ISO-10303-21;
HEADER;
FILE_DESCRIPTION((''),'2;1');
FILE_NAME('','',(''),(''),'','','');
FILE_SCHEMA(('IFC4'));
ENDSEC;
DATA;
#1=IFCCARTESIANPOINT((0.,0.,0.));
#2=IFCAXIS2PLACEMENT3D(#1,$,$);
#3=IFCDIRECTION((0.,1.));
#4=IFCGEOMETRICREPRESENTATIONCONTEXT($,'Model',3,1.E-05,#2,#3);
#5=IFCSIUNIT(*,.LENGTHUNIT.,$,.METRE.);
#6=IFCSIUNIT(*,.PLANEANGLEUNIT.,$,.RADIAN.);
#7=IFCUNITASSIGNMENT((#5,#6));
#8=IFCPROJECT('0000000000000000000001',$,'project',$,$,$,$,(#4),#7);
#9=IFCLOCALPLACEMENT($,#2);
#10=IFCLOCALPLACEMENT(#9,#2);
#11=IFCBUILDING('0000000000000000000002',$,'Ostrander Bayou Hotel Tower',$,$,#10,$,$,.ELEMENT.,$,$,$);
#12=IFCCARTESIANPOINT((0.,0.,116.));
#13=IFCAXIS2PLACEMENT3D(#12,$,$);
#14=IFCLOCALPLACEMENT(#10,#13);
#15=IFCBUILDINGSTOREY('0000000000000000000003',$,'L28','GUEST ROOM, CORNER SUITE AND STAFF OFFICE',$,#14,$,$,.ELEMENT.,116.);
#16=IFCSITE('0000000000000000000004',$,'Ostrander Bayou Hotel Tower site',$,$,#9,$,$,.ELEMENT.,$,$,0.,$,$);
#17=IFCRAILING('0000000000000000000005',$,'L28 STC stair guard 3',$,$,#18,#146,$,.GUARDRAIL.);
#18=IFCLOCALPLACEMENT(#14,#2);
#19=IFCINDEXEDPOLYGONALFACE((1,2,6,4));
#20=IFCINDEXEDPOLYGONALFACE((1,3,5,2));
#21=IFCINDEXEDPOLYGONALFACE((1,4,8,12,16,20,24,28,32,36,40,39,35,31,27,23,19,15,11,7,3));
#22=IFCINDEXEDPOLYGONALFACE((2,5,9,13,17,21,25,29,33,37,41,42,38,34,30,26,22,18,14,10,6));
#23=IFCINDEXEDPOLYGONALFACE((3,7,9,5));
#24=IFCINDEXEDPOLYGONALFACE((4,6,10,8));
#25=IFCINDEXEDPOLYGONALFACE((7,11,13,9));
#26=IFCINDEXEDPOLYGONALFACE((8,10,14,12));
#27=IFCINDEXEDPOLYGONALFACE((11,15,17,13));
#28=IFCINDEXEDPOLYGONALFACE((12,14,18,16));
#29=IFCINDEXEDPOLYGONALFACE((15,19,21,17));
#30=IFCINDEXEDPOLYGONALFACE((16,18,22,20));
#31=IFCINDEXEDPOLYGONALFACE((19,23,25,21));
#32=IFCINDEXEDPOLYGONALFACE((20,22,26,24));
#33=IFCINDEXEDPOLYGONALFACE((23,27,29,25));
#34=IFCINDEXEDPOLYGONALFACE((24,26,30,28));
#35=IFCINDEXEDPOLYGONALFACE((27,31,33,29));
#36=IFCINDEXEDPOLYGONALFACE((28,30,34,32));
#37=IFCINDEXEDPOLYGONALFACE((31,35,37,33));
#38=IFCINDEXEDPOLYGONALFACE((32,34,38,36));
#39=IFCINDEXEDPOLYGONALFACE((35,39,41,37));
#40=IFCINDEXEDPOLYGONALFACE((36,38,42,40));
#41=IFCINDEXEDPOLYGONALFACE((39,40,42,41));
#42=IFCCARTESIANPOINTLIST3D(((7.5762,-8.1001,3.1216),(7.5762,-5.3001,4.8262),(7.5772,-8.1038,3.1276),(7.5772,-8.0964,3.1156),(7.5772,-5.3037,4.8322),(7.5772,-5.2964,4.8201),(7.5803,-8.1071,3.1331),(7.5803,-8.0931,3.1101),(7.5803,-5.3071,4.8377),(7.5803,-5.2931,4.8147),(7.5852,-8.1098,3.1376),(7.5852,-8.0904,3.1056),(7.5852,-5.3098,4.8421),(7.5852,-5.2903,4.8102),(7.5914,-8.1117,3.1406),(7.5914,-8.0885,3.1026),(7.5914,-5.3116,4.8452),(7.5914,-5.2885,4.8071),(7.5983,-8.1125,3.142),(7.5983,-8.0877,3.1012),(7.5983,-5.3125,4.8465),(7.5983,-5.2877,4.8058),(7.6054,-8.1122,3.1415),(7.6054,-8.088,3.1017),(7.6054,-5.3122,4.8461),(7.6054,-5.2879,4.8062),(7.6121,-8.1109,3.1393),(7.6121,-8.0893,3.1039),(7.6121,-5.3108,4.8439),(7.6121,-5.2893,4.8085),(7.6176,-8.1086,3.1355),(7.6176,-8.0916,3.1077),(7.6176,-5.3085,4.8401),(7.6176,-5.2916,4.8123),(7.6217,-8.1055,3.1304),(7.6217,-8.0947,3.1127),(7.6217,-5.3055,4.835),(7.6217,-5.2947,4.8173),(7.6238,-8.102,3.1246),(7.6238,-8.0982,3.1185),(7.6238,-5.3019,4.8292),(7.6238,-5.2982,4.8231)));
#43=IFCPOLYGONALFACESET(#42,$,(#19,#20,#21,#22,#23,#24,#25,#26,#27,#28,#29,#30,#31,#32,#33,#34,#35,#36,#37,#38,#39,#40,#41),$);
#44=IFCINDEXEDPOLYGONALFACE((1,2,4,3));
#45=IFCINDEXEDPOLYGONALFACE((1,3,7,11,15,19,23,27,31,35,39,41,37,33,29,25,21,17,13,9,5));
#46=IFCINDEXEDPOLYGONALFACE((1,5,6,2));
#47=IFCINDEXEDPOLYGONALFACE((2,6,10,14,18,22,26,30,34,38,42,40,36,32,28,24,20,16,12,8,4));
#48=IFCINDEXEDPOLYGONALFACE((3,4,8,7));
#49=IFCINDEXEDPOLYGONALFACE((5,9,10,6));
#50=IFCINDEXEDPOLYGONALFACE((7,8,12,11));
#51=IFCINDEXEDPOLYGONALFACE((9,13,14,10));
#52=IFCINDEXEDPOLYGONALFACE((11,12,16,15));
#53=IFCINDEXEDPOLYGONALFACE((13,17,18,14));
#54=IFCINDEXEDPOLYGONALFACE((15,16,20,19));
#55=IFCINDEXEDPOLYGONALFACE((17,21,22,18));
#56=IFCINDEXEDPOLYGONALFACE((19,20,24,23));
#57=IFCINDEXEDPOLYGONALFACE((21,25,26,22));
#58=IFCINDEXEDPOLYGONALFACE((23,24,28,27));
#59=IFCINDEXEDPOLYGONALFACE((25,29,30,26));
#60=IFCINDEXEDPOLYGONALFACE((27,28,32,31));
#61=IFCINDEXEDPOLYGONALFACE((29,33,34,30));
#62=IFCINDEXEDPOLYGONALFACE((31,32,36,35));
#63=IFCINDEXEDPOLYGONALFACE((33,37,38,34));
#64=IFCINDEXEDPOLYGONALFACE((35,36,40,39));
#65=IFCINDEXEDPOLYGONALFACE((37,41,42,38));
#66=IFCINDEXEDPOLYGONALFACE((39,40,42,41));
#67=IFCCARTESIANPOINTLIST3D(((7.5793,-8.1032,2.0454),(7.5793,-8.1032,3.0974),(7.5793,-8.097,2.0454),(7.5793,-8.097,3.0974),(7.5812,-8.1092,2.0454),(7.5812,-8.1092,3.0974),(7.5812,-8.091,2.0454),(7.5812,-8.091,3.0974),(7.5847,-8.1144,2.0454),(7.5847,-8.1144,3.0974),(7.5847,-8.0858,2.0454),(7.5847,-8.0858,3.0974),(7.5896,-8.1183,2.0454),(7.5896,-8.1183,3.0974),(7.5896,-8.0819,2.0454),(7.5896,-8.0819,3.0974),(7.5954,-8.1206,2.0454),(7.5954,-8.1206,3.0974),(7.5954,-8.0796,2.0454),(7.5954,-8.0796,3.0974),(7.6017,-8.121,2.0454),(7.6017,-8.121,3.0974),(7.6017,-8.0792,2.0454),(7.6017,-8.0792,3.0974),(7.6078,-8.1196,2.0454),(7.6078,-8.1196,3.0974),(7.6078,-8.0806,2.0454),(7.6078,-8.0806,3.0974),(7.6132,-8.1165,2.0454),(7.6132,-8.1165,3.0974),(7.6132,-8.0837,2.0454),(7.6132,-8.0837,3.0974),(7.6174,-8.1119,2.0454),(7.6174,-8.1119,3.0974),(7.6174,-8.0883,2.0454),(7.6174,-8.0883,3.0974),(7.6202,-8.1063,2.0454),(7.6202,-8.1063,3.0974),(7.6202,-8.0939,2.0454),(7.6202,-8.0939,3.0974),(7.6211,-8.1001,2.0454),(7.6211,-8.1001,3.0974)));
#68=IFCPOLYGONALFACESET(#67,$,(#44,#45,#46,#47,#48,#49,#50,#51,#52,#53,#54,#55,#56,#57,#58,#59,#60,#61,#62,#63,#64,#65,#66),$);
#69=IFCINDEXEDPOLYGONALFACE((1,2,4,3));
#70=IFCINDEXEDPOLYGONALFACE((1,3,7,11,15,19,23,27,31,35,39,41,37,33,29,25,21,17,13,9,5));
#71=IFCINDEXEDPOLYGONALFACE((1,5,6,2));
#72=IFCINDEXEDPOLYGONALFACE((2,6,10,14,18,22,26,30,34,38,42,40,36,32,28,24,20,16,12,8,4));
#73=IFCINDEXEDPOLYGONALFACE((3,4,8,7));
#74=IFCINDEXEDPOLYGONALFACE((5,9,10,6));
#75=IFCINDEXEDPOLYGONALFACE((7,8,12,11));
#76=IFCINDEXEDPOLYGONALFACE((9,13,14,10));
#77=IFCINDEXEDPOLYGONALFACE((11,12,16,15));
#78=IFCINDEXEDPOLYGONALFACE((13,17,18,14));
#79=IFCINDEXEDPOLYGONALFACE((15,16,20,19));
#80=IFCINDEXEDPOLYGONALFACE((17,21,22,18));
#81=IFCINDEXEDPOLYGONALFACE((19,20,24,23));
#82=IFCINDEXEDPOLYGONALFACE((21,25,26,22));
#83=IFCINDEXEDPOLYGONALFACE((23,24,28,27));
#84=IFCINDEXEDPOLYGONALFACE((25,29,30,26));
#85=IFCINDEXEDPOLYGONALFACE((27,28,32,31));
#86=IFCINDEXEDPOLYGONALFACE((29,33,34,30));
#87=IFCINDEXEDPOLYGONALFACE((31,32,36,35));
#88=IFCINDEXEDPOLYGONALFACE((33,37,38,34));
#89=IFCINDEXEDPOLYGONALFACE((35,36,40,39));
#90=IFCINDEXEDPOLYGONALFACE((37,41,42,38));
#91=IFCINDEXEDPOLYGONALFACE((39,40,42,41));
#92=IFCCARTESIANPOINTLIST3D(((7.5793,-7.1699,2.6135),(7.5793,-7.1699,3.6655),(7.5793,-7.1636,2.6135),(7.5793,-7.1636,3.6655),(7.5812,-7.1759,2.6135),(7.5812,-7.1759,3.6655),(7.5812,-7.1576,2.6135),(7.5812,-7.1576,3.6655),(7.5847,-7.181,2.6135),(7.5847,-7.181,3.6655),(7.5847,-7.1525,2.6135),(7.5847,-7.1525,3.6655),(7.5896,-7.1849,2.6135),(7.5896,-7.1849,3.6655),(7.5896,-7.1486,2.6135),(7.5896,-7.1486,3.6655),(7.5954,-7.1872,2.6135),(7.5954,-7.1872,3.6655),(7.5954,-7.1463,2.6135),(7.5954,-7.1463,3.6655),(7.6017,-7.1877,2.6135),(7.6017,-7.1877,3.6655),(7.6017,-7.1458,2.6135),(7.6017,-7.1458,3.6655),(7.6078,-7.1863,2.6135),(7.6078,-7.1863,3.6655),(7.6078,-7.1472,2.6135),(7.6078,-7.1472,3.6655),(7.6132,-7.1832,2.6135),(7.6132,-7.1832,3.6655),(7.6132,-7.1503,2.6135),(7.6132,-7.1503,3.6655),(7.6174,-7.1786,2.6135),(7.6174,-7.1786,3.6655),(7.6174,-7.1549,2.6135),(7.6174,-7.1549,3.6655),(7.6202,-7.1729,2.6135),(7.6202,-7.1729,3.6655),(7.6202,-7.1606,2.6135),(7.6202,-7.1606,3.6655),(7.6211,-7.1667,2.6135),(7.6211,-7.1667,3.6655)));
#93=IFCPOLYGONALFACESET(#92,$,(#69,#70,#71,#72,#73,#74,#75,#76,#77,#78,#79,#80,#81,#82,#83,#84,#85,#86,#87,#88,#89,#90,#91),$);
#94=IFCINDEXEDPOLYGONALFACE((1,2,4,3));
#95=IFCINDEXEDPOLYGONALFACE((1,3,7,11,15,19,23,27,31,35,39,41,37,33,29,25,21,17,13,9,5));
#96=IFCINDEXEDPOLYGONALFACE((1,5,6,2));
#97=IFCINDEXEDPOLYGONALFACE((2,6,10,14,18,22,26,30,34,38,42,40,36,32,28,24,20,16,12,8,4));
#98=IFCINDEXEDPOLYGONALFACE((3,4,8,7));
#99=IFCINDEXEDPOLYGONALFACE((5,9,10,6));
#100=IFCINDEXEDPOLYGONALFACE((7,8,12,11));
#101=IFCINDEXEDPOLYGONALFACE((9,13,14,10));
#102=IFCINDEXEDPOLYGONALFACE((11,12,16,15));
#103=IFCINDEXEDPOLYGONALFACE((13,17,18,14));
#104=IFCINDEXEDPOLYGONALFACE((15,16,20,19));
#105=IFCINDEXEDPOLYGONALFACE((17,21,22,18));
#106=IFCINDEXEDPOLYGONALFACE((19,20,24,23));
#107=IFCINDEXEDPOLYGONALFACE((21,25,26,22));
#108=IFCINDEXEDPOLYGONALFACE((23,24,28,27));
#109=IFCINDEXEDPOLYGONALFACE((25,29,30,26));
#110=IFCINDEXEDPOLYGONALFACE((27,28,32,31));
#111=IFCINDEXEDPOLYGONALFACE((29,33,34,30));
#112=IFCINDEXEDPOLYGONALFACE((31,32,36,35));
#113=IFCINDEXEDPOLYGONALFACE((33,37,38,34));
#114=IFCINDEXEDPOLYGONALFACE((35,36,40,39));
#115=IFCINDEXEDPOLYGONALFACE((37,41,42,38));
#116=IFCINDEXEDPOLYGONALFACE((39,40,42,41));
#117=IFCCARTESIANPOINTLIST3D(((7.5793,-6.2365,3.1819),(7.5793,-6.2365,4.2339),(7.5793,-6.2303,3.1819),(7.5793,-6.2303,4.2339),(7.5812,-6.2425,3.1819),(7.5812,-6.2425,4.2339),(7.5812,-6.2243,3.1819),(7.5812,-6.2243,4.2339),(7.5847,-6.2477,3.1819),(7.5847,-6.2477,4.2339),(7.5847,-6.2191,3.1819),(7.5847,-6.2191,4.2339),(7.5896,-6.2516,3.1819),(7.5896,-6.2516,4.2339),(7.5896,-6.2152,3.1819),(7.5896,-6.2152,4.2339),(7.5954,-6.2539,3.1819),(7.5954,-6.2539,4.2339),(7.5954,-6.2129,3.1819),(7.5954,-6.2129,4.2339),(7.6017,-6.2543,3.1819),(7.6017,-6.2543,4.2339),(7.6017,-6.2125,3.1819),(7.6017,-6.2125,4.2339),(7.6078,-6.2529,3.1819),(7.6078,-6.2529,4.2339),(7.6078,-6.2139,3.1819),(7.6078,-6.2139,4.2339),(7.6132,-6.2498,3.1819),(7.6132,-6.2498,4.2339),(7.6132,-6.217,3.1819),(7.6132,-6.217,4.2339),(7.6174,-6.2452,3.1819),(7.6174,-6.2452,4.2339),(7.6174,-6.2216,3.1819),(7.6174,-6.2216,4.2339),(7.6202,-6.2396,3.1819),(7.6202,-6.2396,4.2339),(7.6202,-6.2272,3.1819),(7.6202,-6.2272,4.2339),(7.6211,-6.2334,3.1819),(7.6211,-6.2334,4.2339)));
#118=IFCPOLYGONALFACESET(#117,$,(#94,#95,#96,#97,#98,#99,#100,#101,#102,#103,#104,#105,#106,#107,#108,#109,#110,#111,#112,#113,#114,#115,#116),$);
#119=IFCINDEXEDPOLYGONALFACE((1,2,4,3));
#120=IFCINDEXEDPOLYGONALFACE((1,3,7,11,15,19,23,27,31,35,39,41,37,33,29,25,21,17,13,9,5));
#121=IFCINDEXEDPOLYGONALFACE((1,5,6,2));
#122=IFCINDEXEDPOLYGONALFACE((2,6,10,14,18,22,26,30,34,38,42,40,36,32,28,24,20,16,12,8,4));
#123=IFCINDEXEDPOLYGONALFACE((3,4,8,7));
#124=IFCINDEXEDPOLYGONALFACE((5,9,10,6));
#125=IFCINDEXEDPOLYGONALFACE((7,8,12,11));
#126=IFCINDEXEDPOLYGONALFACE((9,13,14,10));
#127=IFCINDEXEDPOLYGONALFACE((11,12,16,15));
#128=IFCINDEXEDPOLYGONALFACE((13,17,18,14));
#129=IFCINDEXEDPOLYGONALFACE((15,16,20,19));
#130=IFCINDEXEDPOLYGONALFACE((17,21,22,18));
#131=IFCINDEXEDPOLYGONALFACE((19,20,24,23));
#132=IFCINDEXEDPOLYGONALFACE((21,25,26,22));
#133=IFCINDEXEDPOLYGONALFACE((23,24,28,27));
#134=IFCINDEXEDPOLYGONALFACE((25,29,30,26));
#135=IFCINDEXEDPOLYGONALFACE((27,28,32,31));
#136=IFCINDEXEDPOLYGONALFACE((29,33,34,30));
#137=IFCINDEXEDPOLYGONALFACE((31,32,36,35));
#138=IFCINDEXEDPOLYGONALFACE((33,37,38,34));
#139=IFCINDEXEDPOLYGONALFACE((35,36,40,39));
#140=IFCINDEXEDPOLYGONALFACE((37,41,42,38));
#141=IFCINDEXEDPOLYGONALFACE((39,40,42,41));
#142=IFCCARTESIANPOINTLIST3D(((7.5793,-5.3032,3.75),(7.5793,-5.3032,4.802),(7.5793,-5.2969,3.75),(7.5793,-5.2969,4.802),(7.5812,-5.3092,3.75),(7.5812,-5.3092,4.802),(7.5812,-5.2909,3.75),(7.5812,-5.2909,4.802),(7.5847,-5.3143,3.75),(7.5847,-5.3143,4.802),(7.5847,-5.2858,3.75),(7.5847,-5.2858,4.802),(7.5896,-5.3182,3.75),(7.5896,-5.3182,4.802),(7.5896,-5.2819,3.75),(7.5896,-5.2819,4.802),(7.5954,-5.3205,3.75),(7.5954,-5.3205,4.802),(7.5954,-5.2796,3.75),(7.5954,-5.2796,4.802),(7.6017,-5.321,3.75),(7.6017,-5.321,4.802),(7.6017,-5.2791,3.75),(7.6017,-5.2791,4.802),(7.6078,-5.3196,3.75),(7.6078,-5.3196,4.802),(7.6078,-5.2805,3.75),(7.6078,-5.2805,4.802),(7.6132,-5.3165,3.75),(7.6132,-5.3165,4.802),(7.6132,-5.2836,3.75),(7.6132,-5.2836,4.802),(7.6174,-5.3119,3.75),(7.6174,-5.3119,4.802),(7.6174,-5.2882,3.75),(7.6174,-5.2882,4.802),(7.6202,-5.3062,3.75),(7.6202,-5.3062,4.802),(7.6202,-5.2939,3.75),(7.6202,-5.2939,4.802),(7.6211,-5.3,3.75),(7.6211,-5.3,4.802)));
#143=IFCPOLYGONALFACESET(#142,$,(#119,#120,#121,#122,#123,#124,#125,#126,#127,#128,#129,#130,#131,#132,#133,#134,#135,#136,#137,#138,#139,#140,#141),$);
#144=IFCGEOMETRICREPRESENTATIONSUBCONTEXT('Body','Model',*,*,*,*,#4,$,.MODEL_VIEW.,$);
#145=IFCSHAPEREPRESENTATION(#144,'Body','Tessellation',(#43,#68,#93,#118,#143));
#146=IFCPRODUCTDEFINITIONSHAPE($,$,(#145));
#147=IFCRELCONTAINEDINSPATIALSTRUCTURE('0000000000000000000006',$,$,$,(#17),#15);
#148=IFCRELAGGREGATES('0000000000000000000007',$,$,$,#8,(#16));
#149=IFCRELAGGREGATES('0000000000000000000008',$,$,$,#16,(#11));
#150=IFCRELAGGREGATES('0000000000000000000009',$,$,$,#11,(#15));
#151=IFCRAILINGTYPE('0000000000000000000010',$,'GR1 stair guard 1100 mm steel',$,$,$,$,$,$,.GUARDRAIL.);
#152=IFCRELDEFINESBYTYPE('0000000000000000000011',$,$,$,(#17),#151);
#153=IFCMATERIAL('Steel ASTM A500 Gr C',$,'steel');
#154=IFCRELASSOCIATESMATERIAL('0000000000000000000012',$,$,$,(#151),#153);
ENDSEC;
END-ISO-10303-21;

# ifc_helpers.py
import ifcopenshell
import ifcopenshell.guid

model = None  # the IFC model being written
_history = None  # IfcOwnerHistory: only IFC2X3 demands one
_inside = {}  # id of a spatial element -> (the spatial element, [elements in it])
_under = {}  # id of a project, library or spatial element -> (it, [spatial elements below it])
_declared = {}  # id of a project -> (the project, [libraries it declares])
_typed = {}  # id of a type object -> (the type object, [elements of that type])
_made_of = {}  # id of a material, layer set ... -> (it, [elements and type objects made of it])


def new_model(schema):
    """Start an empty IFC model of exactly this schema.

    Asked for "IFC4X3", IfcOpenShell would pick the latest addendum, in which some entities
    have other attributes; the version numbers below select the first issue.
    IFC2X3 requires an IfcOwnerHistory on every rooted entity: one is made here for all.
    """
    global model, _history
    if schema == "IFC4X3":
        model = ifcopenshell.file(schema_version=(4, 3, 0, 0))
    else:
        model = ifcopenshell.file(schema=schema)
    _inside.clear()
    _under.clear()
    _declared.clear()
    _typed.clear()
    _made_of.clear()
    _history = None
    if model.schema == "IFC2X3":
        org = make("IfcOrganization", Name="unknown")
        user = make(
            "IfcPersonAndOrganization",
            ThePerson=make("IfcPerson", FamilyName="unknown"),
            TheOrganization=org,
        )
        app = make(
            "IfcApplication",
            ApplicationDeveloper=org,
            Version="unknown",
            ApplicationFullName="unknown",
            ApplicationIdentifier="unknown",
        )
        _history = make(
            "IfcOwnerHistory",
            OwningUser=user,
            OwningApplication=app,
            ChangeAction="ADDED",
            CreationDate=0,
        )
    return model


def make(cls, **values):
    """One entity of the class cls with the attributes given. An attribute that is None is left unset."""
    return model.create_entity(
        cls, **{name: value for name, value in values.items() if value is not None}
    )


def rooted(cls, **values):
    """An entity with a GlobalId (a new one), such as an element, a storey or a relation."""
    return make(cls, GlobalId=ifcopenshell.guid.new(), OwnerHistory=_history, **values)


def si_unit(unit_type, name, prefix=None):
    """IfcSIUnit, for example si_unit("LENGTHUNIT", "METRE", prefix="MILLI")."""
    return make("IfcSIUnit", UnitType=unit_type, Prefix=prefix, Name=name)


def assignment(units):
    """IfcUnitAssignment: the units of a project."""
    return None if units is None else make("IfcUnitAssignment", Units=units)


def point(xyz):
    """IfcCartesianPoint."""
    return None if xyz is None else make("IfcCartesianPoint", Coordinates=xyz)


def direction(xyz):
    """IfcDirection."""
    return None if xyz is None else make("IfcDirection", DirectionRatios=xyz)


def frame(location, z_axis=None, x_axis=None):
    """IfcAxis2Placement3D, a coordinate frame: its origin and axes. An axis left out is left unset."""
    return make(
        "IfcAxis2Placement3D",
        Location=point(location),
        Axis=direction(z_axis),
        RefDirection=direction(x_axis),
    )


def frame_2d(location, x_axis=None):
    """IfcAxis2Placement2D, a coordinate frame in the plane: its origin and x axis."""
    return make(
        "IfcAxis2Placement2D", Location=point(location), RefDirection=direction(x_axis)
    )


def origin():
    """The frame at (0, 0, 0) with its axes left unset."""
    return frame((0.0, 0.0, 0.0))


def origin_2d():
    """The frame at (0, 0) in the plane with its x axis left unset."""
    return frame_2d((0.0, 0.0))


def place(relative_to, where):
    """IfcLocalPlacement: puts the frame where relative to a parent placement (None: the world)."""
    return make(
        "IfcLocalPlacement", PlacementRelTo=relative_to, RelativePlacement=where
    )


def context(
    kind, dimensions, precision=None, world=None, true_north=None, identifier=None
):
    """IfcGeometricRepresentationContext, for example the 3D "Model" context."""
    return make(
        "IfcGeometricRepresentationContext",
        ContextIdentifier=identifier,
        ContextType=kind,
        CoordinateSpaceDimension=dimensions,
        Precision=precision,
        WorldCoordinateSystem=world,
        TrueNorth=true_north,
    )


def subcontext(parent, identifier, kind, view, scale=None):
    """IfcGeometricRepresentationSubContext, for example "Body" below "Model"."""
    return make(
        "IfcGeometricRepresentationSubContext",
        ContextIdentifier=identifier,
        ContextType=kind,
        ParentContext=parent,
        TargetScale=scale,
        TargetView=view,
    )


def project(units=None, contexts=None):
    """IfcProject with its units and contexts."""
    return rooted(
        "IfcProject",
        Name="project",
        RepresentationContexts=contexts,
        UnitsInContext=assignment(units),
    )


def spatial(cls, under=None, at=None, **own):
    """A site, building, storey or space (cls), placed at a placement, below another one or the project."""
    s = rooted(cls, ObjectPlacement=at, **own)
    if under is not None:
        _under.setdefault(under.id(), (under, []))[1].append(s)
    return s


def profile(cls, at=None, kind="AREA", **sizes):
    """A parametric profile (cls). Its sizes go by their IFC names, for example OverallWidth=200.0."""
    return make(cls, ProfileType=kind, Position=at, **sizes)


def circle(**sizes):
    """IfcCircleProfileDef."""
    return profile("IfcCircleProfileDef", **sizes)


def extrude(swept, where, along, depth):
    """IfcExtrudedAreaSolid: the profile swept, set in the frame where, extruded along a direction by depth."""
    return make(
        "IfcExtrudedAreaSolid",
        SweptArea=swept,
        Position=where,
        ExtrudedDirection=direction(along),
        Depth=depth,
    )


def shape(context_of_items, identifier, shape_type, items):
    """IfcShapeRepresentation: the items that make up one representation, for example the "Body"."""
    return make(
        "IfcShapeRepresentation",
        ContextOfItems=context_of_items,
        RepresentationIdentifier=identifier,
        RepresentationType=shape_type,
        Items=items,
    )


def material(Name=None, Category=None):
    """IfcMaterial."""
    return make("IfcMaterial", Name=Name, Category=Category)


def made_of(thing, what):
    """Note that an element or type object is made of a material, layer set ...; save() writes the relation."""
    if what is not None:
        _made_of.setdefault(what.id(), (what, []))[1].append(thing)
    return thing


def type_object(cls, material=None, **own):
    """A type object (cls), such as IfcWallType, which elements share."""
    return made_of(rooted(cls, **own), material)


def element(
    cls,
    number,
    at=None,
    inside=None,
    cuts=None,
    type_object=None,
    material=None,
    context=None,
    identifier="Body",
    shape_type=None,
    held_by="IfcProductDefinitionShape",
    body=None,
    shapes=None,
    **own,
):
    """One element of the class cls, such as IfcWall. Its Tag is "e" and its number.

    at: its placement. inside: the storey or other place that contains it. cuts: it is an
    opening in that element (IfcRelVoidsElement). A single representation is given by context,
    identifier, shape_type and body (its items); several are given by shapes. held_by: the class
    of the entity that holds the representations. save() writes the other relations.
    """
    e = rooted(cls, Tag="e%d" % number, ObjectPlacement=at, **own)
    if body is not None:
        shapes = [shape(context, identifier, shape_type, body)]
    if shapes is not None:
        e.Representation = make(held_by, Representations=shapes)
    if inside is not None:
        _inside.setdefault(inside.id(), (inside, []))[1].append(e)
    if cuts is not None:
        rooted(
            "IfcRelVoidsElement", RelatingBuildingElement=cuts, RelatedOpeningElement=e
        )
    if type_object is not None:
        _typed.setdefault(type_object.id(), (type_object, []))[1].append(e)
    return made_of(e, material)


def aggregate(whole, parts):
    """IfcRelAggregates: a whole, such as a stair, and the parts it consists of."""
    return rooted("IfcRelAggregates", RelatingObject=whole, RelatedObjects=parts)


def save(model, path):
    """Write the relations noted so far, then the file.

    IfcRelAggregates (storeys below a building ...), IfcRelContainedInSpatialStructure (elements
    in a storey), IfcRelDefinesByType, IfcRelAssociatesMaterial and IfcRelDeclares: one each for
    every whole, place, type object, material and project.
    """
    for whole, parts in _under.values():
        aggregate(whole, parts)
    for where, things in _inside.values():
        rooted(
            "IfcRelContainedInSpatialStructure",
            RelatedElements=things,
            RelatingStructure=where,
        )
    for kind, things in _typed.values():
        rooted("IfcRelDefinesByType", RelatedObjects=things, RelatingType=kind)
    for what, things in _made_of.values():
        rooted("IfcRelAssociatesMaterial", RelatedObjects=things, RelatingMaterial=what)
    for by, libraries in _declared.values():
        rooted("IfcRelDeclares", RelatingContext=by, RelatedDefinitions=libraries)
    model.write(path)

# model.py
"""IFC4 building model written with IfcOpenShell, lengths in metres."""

from ifc_helpers import new_model, si_unit, direction, frame, origin, origin_2d, place, context, subcontext, project, spatial, circle, extrude, material, type_object, element, save


model = new_model("IFC4")

# Units and contexts
model_context = context("Model", 3, precision=1e-05, world=origin(), true_north=direction((0.0, 1.0)))
body_context = subcontext(model_context, "Body", "Model", "MODEL_VIEW")
ifc_project = project(units=[si_unit("LENGTHUNIT", "METRE"), si_unit("PLANEANGLEUNIT", "RADIAN")], contexts=[model_context])

# Site, building, storey
site_placement = place(None, origin())
site = spatial("IfcSite", under=ifc_project, at=site_placement, Name="Ostrander Bayou Hotel Tower site", CompositionType="ELEMENT", RefElevation=0.0)
building_placement = place(site_placement, origin())
building = spatial("IfcBuilding", under=site, at=building_placement, Name="Ostrander Bayou Hotel Tower", CompositionType="ELEMENT")
storey_placement = place(building_placement, frame((0.0, 0.0, 116.0)))
storey = spatial("IfcBuildingStorey", under=building, at=storey_placement, Name="L28", Description="GUEST ROOM, CORNER SUITE AND STAFF OFFICE", CompositionType="ELEMENT", Elevation=116.0)

# Railing
ifc_material_1 = material(Name="Steel ASTM A500 Gr C", Category="steel")
railing_type_1 = type_object("IfcRailingType", Name="GR1 stair guard 1100 mm steel", PredefinedType="GUARDRAIL", material=ifc_material_1)
railing_1_placement = place(storey_placement, frame((7.6001, -8.1001, 2.0454)))
element("IfcRailing", 1, at=railing_1_placement, inside=storey, type_object=railing_type_1, Name="L28 STC stair guard 3", PredefinedType="GUARDRAIL", context=body_context, shape_type="SweptSolid", body=[
    extrude(circle(Radius=0.0239, at=origin_2d()), frame((0.0, 0.0, 1.0762), z_axis=(0.0, 0.85417, 0.519994), x_axis=(-1.0, 0.0, 0.0)), (0.0, 0.0, 1.0), 3.2781),
    extrude(circle(Radius=0.021, at=origin_2d()), origin(), (0.0, 0.0, 1.0), 1.052),
    extrude(circle(Radius=0.021, at=origin_2d()), frame((0.0, 0.9333, 0.5681)), (0.0, 0.0, 1.0), 1.052),
    extrude(circle(Radius=0.021, at=origin_2d()), frame((0.0, 1.8667, 1.1365)), (0.0, 0.0, 1.0), 1.052),
    extrude(circle(Radius=0.021, at=origin_2d()), frame((0.0, 2.8, 1.7046)), (0.0, 0.0, 1.0), 1.052),
])

save(model, "model.ifc")
